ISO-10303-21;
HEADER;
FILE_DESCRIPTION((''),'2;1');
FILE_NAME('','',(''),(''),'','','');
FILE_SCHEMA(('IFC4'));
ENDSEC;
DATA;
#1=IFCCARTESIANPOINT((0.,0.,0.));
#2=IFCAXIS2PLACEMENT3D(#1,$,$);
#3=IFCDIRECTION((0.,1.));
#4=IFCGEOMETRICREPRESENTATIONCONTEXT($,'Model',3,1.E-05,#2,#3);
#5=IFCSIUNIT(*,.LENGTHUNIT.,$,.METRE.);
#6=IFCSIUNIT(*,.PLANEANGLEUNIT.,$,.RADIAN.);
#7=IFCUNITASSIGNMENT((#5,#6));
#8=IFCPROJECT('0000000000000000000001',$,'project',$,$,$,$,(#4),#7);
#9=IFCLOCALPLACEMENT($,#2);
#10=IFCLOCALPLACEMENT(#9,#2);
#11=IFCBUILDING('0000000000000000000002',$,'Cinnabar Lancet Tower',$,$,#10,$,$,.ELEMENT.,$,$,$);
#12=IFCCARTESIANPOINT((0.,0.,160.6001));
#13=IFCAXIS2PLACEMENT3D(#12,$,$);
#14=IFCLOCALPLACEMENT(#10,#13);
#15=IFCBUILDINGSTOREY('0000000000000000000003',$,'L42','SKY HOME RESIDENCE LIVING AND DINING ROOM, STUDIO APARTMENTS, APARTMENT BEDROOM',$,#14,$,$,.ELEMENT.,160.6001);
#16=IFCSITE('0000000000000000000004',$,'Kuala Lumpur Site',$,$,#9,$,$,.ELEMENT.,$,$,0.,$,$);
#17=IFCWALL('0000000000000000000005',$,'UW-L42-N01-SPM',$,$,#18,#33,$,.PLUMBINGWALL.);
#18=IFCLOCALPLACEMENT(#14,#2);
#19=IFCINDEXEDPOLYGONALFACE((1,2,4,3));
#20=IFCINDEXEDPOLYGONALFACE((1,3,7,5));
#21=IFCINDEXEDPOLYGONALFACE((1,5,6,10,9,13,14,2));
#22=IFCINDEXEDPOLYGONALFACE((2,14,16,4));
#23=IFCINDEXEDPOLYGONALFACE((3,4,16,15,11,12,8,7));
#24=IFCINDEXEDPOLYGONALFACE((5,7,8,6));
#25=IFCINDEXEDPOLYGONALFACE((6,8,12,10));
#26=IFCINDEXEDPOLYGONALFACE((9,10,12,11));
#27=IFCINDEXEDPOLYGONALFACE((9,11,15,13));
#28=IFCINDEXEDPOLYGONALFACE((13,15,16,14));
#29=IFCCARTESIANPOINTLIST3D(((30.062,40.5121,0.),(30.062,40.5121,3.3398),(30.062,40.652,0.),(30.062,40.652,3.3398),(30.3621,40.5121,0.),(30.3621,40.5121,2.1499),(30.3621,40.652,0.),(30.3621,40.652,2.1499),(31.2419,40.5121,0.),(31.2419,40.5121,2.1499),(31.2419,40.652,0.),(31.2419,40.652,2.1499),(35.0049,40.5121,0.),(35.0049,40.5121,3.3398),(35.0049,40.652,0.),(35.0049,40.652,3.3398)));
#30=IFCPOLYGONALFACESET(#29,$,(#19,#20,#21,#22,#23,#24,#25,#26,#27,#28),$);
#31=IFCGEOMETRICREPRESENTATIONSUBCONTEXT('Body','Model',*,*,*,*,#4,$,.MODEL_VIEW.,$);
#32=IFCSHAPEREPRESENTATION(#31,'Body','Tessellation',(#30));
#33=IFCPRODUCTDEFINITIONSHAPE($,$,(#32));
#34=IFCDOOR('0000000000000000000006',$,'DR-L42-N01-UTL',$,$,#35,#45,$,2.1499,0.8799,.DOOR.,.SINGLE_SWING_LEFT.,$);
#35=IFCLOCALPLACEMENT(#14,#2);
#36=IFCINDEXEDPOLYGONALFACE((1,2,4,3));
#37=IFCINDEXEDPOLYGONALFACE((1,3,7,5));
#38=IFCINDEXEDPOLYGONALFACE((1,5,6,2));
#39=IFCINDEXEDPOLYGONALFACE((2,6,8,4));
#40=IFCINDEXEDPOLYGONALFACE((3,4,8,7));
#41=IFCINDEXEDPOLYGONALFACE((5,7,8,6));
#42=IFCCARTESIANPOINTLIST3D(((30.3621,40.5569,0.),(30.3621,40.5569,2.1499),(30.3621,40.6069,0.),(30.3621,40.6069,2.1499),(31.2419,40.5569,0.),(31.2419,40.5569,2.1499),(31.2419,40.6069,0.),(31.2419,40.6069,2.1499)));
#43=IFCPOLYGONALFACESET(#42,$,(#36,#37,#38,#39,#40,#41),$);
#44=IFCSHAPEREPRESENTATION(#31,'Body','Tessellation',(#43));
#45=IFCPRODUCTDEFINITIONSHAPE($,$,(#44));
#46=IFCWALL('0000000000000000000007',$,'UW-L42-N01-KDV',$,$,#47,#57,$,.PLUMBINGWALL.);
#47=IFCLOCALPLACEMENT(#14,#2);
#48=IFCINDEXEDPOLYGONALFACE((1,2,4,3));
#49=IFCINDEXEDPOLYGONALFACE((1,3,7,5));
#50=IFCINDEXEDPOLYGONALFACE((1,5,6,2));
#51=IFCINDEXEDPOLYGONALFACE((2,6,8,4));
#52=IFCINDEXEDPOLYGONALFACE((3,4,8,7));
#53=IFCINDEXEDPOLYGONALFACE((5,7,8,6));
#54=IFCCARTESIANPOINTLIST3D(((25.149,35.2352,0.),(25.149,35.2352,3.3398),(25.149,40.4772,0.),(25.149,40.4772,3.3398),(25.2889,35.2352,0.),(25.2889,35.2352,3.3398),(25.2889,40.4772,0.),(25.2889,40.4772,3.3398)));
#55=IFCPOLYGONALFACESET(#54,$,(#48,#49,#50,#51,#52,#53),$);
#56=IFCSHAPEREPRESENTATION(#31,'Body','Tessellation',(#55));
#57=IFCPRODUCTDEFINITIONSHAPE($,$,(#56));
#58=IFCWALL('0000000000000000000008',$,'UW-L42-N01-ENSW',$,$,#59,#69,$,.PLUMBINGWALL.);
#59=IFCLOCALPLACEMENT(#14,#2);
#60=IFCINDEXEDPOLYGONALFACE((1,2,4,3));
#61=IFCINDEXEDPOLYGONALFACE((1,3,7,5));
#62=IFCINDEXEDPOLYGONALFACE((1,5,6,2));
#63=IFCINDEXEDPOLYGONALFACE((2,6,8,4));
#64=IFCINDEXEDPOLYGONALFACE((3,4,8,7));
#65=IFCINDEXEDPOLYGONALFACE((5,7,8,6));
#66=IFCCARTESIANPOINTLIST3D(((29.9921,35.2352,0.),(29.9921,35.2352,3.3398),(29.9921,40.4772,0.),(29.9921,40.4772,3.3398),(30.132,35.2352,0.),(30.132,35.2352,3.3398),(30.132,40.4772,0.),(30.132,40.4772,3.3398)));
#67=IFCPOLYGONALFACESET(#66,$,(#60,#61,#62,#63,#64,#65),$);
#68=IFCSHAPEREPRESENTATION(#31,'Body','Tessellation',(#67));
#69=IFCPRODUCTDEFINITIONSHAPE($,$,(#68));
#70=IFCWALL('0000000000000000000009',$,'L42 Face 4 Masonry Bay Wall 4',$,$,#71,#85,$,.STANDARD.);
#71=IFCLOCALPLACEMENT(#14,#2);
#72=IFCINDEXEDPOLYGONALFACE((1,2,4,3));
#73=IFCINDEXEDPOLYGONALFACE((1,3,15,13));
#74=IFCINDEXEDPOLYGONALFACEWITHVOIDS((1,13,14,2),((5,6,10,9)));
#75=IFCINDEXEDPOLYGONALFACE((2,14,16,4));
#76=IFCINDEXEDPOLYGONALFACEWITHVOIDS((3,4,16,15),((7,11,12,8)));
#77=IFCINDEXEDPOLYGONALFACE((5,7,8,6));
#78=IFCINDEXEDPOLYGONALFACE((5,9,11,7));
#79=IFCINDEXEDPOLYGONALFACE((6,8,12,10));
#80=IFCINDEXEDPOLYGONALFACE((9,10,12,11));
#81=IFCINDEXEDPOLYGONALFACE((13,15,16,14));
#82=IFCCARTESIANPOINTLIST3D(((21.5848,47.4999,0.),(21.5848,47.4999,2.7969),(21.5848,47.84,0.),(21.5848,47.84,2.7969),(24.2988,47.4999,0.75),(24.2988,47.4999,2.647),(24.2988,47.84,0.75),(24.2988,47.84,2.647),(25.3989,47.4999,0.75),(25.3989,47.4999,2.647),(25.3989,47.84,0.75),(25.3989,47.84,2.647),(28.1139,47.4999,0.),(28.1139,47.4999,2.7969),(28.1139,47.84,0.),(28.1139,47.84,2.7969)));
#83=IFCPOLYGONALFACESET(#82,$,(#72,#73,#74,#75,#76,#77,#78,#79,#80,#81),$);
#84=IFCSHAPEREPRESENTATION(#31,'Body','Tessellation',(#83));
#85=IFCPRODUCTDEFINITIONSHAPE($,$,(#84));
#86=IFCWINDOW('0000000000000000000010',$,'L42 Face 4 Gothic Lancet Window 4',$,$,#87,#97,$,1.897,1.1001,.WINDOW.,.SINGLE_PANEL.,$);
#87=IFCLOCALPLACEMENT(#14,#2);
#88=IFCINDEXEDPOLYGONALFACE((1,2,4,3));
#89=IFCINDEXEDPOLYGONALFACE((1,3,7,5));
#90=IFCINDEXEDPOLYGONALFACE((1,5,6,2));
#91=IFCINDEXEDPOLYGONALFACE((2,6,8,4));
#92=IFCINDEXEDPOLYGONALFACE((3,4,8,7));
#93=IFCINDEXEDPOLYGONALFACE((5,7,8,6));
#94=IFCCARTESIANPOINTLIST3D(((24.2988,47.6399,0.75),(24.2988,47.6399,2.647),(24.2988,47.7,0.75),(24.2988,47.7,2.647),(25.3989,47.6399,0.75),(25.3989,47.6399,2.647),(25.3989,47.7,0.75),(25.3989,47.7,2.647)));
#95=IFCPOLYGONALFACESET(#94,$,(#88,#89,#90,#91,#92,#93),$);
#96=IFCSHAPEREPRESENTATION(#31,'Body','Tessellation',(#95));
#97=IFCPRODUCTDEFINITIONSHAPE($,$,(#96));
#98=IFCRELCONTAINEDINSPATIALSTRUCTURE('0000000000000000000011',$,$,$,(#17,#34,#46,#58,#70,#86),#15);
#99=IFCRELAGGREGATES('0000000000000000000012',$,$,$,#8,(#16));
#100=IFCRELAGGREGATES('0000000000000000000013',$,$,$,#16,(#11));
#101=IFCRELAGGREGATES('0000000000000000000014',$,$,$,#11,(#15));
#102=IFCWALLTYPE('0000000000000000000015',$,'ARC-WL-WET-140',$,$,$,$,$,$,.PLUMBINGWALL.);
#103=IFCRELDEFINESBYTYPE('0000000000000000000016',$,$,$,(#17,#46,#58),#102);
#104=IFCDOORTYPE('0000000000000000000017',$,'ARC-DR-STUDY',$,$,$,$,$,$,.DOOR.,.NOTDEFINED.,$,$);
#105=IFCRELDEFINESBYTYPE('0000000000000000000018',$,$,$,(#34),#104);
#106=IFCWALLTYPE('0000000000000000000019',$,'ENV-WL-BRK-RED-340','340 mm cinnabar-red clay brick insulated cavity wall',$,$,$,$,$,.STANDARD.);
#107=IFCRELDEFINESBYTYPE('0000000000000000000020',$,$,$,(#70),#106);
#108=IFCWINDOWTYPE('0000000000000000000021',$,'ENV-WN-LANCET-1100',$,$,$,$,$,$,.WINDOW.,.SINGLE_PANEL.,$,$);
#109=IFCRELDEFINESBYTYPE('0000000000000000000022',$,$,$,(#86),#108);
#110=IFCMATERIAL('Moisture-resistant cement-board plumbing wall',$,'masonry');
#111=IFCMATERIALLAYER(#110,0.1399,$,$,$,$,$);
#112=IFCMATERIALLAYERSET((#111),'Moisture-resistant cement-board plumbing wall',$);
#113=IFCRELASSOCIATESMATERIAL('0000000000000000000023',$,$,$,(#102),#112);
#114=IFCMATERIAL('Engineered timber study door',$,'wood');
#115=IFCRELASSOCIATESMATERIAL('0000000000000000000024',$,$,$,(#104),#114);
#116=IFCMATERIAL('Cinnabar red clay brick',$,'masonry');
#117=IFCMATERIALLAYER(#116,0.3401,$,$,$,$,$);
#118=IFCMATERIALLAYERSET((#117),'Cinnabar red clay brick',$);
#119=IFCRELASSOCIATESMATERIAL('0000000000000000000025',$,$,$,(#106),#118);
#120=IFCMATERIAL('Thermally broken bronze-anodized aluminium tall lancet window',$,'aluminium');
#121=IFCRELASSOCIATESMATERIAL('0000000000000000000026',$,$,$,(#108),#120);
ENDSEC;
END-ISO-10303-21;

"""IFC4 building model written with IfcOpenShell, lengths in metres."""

from ifc_helpers import new_model, si_unit, direction, frame, frame_2d, origin, place, context, subcontext, project, spatial, rectangle, extrude, material, layer, layer_set, type_object, element, fill, save


model = new_model("IFC4")

# Units and contexts
model_context = context("Model", 3, precision=1e-05, world=origin(), true_north=direction((0.0, 1.0)))
body_context = subcontext(model_context, "Body", "Model", "MODEL_VIEW")
ifc_project = project(units=[si_unit("LENGTHUNIT", "METRE"), si_unit("PLANEANGLEUNIT", "RADIAN")], contexts=[model_context])

# Site, building, storey
site_placement = place(None, origin())
site = spatial("IfcSite", under=ifc_project, at=site_placement, Name="Kuala Lumpur Site", CompositionType="ELEMENT", RefElevation=0.0)
building_placement = place(site_placement, origin())
building = spatial("IfcBuilding", under=site, at=building_placement, Name="Cinnabar Lancet Tower", CompositionType="ELEMENT")
storey_placement = place(building_placement, frame((0.0, 0.0, 160.6001)))
storey = spatial("IfcBuildingStorey", under=building, at=storey_placement, Name="L42", Description="SKY HOME RESIDENCE LIVING AND DINING ROOM, STUDIO APARTMENTS, APARTMENT BEDROOM", CompositionType="ELEMENT", Elevation=160.6001)

# Shared definitions
ifc_material_1 = material(Name="Moisture-resistant cement-board plumbing wall", Category="masonry")
ifc_layer_1 = layer(ifc_material_1, 0.1399)
ifc_layer_set_1 = layer_set([ifc_layer_1], Name="Moisture-resistant cement-board plumbing wall")
wall_type_1 = type_object("IfcWallType", Name="ARC-WL-WET-140", PredefinedType="PLUMBINGWALL", material=ifc_layer_set_1)
ifc_material_2 = material(Name="Engineered timber study door", Category="wood")
door_type_1 = type_object("IfcDoorType", Name="ARC-DR-STUDY", OperationType="NOTDEFINED", PredefinedType="DOOR", material=ifc_material_2)

# Wall, opening, door
wall_1_placement = place(storey_placement, frame((30.062, 40.582, 0.0), z_axis=(0.0, 0.0, 1.0), x_axis=(1.0, 0.0, 0.0)))
wall_1 = element("IfcWall", 1, at=wall_1_placement, inside=storey, type_object=wall_type_1, Name="UW-L42-N01-SPM", PredefinedType="PLUMBINGWALL", context=body_context, shape_type="SweptSolid", body=[
    extrude(rectangle(XDim=4.9429, YDim=0.1399, at=frame_2d((2.4714, 0.0))), origin(), (0.0, 0.0, 1.0), 3.3398),
])
opening_1_placement = place(wall_1_placement, frame((0.3, 0.0, 0.0)))
opening_1 = element("IfcOpeningElement", 2, at=opening_1_placement, cuts=wall_1, PredefinedType="OPENING", context=body_context, shape_type="SweptSolid", body=[
    extrude(rectangle(XDim=0.8799, YDim=2.1499, at=frame_2d((0.4399, 1.075))), frame((0.0, 0.0798, 0.0), z_axis=(0.0, -1.0, 0.0), x_axis=(1.0, 0.0, 0.0)), (0.0, 0.0, 1.0), 0.1599),
])
door_1_placement = place(opening_1_placement, origin())
door_1 = element("IfcDoor", 3, at=door_1_placement, inside=storey, type_object=door_type_1, Name="DR-L42-N01-UTL", OperationType="SINGLE_SWING_LEFT", OverallHeight=2.1499, OverallWidth=0.8799, PredefinedType="DOOR", context=body_context, shape_type="SweptSolid", body=[
    extrude(rectangle(XDim=0.8799, YDim=2.1499, at=frame_2d((0.4399, 1.075))), frame((0.0, 0.0249, 0.0), z_axis=(0.0, -1.0, 0.0), x_axis=(1.0, 0.0, 0.0)), (0.0, 0.0, 1.0), 0.05),
])
fill(opening_1, door_1)

# Walls
for number, where, z_axis, x_axis, name in (
    (4, (25.219, 35.2351, 0.0), (0.0, 0.0, 1.0), (0.0, 1.0, 0.0), "UW-L42-N01-KDV"),
    (5, (30.062, 35.2351, 0.0), (0.0, 0.0, 1.0), (0.0, 1.0, 0.0), "UW-L42-N01-ENSW"),
):
    element("IfcWall", number, at=place(storey_placement, frame(where, z_axis=z_axis, x_axis=x_axis)), inside=storey, type_object=wall_type_1, Name=name, PredefinedType="PLUMBINGWALL", context=body_context, shape_type="SweptSolid", body=[
        extrude(rectangle(XDim=5.2419, YDim=0.1399, at=frame_2d((2.6211, 0.0))), origin(), (0.0, 0.0, 1.0), 3.3398),
    ])

# Wall, opening, window
ifc_material_3 = material(Name="Cinnabar red clay brick", Category="masonry")
ifc_layer_2 = layer(ifc_material_3, 0.3401)
ifc_layer_set_2 = layer_set([ifc_layer_2], Name="Cinnabar red clay brick")
wall_type_2 = type_object("IfcWallType", Name="ENV-WL-BRK-RED-340", Description="340 mm cinnabar-red clay brick insulated cavity wall", PredefinedType="STANDARD", material=ifc_layer_set_2)
wall_2_placement = place(storey_placement, frame((28.114, 47.6699, 0.0), z_axis=(0.0, 0.0, 1.0), x_axis=(-1.0, 0.0, 0.0)))
wall_2 = element("IfcWall", 6, at=wall_2_placement, inside=storey, type_object=wall_type_2, Name="L42 Face 4 Masonry Bay Wall 4", PredefinedType="STANDARD", context=body_context, shape_type="SweptSolid", body=[
    extrude(rectangle(XDim=6.5291, YDim=0.3401, at=frame_2d((3.2646, 0.0))), origin(), (0.0, 0.0, 1.0), 2.7969),
])
opening_2_placement = place(wall_2_placement, frame((2.7151, 0.0, 0.75)))
opening_2 = element("IfcOpeningElement", 7, at=opening_2_placement, cuts=wall_2, PredefinedType="OPENING", context=body_context, shape_type="SweptSolid", body=[
    extrude(rectangle(XDim=1.1001, YDim=1.897, at=frame_2d((0.55, 0.9485))), frame((0.0, 0.1799, 0.0), z_axis=(0.0, -1.0, 0.0), x_axis=(1.0, 0.0, 0.0)), (0.0, 0.0, 1.0), 0.3601),
])
ifc_material_4 = material(Name="Thermally broken bronze-anodized aluminium tall lancet window", Category="aluminium")
window_type = type_object("IfcWindowType", Name="ENV-WN-LANCET-1100", PartitioningType="SINGLE_PANEL", PredefinedType="WINDOW", material=ifc_material_4)
window_placement = place(opening_2_placement, origin())
window = element("IfcWindow", 8, at=window_placement, inside=storey, type_object=window_type, Name="L42 Face 4 Gothic Lancet Window 4", OverallHeight=1.897, OverallWidth=1.1001, PartitioningType="SINGLE_PANEL", PredefinedType="WINDOW", context=body_context, shape_type="SweptSolid", body=[
    extrude(rectangle(XDim=1.1001, YDim=1.897, at=frame_2d((0.55, 0.9485))), frame((0.0, 0.03, 0.0), z_axis=(0.0, -1.0, 0.0), x_axis=(1.0, 0.0, 0.0)), (0.0, 0.0, 1.0), 0.0601),
])
fill(opening_2, window)

save(model, "model.ifc")
